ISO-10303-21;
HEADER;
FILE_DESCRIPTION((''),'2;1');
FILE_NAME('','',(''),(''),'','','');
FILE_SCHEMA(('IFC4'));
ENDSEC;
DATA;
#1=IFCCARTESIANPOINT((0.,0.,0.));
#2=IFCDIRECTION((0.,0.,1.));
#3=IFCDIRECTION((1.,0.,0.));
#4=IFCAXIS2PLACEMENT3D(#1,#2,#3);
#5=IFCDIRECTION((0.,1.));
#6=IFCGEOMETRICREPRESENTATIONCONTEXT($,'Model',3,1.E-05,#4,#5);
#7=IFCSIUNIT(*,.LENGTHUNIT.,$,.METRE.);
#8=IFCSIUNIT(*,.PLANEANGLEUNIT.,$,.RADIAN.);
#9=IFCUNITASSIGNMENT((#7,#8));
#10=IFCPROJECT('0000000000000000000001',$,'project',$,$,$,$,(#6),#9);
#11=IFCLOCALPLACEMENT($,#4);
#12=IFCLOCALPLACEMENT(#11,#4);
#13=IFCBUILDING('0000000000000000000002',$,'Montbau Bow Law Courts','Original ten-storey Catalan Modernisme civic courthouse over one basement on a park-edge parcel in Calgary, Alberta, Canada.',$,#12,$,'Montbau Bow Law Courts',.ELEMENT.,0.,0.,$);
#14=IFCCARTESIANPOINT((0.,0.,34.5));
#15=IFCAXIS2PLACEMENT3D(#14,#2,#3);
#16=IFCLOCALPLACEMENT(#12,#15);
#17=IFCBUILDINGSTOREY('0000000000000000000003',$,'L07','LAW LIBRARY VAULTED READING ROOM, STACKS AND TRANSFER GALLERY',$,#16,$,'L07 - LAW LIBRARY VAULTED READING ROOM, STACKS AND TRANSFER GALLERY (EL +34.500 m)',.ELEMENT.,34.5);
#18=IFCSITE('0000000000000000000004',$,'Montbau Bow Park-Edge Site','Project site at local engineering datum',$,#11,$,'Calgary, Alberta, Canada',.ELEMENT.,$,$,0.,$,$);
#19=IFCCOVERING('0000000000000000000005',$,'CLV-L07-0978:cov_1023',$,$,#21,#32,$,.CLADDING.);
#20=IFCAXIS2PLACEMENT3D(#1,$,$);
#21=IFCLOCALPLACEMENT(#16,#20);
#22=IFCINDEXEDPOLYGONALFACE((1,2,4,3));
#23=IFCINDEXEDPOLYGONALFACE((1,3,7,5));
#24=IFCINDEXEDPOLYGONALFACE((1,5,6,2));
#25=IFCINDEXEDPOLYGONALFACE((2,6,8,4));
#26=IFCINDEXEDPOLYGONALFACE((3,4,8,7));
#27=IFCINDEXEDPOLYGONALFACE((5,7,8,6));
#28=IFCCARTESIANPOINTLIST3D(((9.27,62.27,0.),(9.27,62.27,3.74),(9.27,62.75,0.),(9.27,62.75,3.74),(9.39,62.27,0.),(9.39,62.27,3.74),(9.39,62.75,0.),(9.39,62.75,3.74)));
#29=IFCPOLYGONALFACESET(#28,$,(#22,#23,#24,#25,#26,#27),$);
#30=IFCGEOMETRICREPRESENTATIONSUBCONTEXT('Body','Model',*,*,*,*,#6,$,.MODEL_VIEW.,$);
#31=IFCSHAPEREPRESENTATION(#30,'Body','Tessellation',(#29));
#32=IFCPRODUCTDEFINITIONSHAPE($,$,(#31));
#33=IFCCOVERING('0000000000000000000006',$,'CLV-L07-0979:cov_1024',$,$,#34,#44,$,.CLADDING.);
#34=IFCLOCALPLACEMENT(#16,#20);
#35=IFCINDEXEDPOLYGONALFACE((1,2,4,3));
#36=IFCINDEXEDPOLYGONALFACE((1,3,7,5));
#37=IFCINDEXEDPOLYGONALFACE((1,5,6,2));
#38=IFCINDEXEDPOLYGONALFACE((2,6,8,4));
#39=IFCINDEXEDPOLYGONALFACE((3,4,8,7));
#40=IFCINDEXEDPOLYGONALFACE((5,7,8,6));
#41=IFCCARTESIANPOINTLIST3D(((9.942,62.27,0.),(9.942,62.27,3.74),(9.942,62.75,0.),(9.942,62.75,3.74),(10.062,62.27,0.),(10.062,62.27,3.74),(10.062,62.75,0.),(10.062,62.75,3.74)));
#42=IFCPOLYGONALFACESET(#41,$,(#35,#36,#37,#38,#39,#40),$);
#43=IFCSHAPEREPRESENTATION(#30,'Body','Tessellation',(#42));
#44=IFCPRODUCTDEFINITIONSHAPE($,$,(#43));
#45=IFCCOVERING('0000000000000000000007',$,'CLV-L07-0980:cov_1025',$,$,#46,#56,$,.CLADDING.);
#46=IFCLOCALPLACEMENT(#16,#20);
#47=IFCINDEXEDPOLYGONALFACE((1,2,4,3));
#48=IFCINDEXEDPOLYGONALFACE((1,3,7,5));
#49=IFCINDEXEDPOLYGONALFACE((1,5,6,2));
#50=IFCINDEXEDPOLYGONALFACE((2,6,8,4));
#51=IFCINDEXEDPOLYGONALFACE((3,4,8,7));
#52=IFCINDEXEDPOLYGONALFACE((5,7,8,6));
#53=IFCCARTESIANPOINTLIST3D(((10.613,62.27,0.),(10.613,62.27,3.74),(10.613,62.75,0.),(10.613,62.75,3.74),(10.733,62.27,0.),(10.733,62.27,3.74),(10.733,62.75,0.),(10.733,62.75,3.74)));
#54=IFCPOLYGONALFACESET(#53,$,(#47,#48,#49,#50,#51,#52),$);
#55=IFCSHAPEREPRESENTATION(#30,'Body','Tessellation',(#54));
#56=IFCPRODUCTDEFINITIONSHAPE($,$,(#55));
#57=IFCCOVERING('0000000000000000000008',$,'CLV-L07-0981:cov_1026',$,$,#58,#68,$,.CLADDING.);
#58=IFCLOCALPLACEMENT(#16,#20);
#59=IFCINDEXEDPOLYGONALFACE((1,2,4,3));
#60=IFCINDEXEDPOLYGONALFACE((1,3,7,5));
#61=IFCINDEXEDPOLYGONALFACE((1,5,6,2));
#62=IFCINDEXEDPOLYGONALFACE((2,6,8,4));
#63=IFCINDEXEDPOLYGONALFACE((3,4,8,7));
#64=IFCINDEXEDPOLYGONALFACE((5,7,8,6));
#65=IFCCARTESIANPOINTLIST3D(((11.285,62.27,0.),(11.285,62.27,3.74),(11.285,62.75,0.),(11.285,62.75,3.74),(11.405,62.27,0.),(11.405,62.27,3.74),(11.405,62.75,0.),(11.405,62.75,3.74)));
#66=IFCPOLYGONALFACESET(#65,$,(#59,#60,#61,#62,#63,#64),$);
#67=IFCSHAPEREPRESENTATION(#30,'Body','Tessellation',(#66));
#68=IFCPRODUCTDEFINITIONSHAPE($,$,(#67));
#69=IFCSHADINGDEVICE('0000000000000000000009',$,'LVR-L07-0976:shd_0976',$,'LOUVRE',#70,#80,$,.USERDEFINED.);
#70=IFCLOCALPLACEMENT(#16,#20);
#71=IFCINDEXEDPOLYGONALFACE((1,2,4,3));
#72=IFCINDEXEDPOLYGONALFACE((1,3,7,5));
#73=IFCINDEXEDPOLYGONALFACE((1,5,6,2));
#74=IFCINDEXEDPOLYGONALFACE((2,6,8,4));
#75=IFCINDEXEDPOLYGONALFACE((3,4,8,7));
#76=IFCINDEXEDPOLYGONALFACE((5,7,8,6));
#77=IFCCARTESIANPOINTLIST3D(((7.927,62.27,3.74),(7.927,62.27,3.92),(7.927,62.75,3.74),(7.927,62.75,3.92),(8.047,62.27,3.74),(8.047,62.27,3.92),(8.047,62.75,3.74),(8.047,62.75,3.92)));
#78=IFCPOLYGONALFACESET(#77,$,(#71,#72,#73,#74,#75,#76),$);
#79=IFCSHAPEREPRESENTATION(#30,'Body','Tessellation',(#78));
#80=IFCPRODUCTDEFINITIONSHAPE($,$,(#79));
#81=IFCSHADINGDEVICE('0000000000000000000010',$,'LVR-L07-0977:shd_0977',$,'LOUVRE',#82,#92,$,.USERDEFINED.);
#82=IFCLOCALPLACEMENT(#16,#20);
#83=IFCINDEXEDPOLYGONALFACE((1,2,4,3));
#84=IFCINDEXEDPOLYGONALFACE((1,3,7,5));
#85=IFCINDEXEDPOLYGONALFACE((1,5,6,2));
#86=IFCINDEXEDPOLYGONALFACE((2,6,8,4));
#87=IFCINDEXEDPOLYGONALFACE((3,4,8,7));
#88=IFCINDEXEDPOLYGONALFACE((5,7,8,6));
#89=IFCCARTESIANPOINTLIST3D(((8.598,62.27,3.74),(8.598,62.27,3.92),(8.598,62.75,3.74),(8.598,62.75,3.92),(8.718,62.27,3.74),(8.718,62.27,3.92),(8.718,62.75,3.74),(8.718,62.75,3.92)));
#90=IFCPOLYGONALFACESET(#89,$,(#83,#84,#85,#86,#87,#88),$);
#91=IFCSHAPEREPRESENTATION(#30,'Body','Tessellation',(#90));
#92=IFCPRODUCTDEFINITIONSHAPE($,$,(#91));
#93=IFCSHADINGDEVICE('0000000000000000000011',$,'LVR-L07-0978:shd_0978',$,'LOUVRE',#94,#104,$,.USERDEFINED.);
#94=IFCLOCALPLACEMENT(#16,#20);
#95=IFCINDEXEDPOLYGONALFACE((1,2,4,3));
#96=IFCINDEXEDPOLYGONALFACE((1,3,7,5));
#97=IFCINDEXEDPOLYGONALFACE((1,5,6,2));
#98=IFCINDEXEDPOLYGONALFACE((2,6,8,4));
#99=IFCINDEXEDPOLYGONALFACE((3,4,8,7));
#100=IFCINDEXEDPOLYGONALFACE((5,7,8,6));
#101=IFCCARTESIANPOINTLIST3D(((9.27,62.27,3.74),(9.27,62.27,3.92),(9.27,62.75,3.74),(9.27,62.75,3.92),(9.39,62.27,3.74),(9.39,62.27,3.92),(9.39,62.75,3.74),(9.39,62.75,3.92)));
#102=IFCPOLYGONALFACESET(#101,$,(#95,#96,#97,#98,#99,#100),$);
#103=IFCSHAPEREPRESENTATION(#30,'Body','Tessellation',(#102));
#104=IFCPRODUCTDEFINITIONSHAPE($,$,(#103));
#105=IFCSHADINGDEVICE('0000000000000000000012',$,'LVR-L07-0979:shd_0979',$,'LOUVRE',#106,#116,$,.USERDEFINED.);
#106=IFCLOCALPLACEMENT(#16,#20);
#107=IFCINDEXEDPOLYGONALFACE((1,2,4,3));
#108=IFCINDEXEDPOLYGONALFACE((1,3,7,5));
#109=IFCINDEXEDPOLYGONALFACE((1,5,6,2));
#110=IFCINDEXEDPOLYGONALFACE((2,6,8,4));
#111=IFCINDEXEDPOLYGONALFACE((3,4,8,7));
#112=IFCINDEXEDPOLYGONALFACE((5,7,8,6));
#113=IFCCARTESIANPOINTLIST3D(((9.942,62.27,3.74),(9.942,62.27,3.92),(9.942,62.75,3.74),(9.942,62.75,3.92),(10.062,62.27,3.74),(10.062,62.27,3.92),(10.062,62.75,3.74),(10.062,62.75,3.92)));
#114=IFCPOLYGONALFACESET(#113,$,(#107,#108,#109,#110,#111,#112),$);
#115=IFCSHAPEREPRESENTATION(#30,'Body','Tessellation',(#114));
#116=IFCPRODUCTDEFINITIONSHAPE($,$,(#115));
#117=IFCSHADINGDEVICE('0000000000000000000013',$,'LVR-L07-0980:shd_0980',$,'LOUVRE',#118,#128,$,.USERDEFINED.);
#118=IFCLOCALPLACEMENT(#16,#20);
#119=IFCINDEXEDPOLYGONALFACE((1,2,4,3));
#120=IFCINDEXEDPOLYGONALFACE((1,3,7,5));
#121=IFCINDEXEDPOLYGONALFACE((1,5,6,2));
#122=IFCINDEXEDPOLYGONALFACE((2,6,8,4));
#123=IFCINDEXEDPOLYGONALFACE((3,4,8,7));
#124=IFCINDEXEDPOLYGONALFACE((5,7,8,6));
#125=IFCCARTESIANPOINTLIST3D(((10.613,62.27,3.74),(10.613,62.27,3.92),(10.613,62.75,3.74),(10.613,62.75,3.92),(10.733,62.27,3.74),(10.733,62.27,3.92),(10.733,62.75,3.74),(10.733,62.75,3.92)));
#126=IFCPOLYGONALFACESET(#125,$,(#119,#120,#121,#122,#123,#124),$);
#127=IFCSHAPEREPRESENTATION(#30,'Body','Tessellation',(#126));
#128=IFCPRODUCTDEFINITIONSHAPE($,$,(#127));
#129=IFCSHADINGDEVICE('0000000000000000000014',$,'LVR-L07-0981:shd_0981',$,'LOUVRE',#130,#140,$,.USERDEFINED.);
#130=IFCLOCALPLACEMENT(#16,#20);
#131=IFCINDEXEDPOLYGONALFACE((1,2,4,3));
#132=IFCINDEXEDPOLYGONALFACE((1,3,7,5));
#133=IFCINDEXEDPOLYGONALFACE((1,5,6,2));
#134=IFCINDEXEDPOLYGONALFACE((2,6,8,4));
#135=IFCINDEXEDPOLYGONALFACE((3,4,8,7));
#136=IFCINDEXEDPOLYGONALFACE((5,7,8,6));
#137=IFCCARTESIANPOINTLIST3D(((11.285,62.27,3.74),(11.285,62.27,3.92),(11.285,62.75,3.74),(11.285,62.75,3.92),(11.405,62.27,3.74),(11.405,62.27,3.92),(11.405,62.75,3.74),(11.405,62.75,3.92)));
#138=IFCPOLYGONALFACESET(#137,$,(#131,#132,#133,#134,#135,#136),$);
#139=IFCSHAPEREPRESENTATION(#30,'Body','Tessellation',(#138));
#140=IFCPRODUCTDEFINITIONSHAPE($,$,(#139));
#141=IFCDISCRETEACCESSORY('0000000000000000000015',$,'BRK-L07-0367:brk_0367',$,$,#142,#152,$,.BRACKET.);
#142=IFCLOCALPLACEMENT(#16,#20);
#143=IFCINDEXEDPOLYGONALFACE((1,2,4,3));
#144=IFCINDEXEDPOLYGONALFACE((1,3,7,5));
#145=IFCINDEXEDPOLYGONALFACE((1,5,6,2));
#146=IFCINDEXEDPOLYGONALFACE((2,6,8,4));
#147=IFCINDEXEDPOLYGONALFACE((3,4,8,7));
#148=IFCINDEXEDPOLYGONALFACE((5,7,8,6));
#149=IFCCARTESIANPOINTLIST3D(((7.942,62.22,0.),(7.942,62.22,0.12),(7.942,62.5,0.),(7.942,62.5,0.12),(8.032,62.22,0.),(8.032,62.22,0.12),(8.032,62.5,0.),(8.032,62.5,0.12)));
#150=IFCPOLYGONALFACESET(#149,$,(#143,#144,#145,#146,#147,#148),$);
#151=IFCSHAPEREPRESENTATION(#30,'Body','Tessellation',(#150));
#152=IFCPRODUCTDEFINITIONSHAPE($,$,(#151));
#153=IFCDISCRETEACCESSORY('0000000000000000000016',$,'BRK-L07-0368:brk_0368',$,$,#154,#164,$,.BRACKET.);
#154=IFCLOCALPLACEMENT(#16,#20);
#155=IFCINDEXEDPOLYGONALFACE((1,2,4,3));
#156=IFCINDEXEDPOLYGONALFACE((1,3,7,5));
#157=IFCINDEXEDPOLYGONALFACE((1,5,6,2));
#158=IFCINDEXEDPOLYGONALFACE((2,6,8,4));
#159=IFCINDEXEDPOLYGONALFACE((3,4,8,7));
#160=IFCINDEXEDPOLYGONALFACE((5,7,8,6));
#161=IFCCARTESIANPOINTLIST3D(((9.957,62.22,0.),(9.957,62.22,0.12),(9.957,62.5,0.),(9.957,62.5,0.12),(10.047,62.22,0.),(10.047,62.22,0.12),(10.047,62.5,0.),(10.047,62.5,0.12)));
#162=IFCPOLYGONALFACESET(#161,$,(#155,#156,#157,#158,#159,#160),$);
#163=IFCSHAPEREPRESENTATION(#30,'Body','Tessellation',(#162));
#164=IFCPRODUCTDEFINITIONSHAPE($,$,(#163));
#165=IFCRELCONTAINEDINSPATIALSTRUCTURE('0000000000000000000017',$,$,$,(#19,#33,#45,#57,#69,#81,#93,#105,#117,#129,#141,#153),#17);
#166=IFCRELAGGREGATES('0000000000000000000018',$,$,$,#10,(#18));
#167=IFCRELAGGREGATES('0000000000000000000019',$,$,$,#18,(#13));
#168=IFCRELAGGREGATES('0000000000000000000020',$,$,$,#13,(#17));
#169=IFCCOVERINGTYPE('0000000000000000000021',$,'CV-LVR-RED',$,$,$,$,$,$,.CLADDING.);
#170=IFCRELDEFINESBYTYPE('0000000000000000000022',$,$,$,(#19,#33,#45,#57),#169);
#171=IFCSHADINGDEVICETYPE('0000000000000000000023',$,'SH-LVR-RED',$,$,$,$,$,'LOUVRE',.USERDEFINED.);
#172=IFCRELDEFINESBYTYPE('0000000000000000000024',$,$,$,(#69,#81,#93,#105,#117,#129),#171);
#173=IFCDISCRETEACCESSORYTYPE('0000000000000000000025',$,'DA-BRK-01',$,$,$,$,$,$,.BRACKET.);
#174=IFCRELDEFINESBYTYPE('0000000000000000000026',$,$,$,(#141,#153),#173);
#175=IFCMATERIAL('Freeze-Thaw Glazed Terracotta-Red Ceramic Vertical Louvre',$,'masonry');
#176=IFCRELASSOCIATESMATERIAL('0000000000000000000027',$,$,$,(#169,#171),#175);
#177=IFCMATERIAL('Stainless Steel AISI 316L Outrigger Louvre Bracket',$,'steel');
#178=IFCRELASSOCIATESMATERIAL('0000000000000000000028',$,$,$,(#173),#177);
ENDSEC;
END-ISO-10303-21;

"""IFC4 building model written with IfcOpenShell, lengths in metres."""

from ifc_helpers import new_model, si_unit, direction, frame, frame_2d, origin_with_axes, origin_2d_with_axis, place, context, subcontext, project, spatial, rectangle, extrude, material, type_object, element, save


model = new_model("IFC4")

# Units and contexts
model_context = context("Model", 3, precision=1e-05, world=origin_with_axes(), true_north=direction((0.0, 1.0)))
body_context = subcontext(model_context, "Body", "Model", "MODEL_VIEW")
ifc_project = project(units=[si_unit("LENGTHUNIT", "METRE"), si_unit("PLANEANGLEUNIT", "RADIAN")], contexts=[model_context])

# Site, building, storey
site_placement = place(None, origin_with_axes())
site = spatial("IfcSite", under=ifc_project, at=site_placement, Name="Montbau Bow Park-Edge Site", Description="Project site at local engineering datum", LongName="Calgary, Alberta, Canada", CompositionType="ELEMENT", RefElevation=0.0)
building_placement = place(site_placement, origin_with_axes())
building = spatial("IfcBuilding", under=site, at=building_placement, Name="Montbau Bow Law Courts", Description="Original ten-storey Catalan Modernisme civic courthouse over one basement on a park-edge parcel in Calgary, Alberta, Canada.", LongName="Montbau Bow Law Courts", CompositionType="ELEMENT", ElevationOfRefHeight=0.0, ElevationOfTerrain=0.0)
storey_placement = place(building_placement, frame((0.0, 0.0, 34.5), z_axis=(0.0, 0.0, 1.0), x_axis=(1.0, 0.0, 0.0)))
storey = spatial("IfcBuildingStorey", under=building, at=storey_placement, Name="L07", Description="LAW LIBRARY VAULTED READING ROOM, STACKS AND TRANSFER GALLERY", LongName="L07 - LAW LIBRARY VAULTED READING ROOM, STACKS AND TRANSFER GALLERY (EL +34.500 m)", CompositionType="ELEMENT", Elevation=34.5)

# Coverings
ifc_material_1 = material(Name="Freeze-Thaw Glazed Terracotta-Red Ceramic Vertical Louvre", Category="masonry")
covering_type = type_object("IfcCoveringType", Name="CV-LVR-RED", PredefinedType="CLADDING", material=ifc_material_1)
for number, where, z_axis, x_axis, name in (
    (1, (9.33, 62.27, 34.5), (1.0, 0.0, 0.0), (0.0, 1.0, 0.0), "CLV-L07-0978:cov_1023"),
    (2, (10.002, 62.27, 34.5), (1.0, 0.0, 0.0), (0.0, 1.0, 0.0), "CLV-L07-0979:cov_1024"),
    (3, (10.673, 62.27, 34.5), (1.0, 0.0, 0.0), (0.0, 1.0, 0.0), "CLV-L07-0980:cov_1025"),
    (4, (11.345, 62.27, 34.5), (1.0, 0.0, 0.0), (0.0, 1.0, 0.0), "CLV-L07-0981:cov_1026"),
):
    element("IfcCovering", number, at=place(None, frame(where, z_axis=z_axis, x_axis=x_axis)), inside=storey, type_object=covering_type, Name=name, PredefinedType="CLADDING", context=body_context, shape_type="SweptSolid", body=[
        extrude(rectangle(XDim=0.48, YDim=3.74, at=frame_2d((0.24, 1.87), x_axis=(1.0, 0.0))), frame((0.0, 0.0, -0.06), z_axis=(0.0, 0.0, 1.0), x_axis=(1.0, 0.0, 0.0)), (0.0, 0.0, 1.0), 0.12),
    ])

# Shading devices
shading_device_type = type_object("IfcShadingDeviceType", Name="SH-LVR-RED", ElementType="LOUVRE", PredefinedType="USERDEFINED", material=ifc_material_1)
for number, where, z_axis, x_axis, name in (
    (5, (7.987, 62.51, 38.24), (0.0, 0.0, 1.0), (0.0, 1.0, 0.0), "LVR-L07-0976:shd_0976"),
    (6, (8.658, 62.51, 38.24), (0.0, 0.0, 1.0), (0.0, 1.0, 0.0), "LVR-L07-0977:shd_0977"),
    (7, (9.33, 62.51, 38.24), (0.0, 0.0, 1.0), (0.0, 1.0, 0.0), "LVR-L07-0978:shd_0978"),
    (8, (10.002, 62.51, 38.24), (0.0, 0.0, 1.0), (0.0, 1.0, 0.0), "LVR-L07-0979:shd_0979"),
    (9, (10.673, 62.51, 38.24), (0.0, 0.0, 1.0), (0.0, 1.0, 0.0), "LVR-L07-0980:shd_0980"),
    (10, (11.345, 62.51, 38.24), (0.0, 0.0, 1.0), (0.0, 1.0, 0.0), "LVR-L07-0981:shd_0981"),
):
    element("IfcShadingDevice", number, at=place(None, frame(where, z_axis=z_axis, x_axis=x_axis)), inside=storey, type_object=shading_device_type, Name=name, ObjectType="LOUVRE", PredefinedType="USERDEFINED", context=body_context, shape_type="SweptSolid", body=[
        extrude(rectangle(XDim=0.48, YDim=0.12, at=origin_2d_with_axis()), origin_with_axes(), (0.0, 0.0, 1.0), 0.18),
    ])

# Discrete accessories
ifc_material_2 = material(Name="Stainless Steel AISI 316L Outrigger Louvre Bracket", Category="steel")
discrete_accessory_type = type_object("IfcDiscreteAccessoryType", Name="DA-BRK-01", PredefinedType="BRACKET", material=ifc_material_2)
for number, where, z_axis, x_axis, name in (
    (11, (7.987, 62.36, 34.5), (0.0, 0.0, 1.0), (0.0, 1.0, 0.0), "BRK-L07-0367:brk_0367"),
    (12, (10.002, 62.36, 34.5), (0.0, 0.0, 1.0), (0.0, 1.0, 0.0), "BRK-L07-0368:brk_0368"),
):
    element("IfcDiscreteAccessory", number, at=place(None, frame(where, z_axis=z_axis, x_axis=x_axis)), inside=storey, type_object=discrete_accessory_type, Name=name, PredefinedType="BRACKET", context=body_context, shape_type="SweptSolid", body=[
        extrude(rectangle(XDim=0.28, YDim=0.09, at=origin_2d_with_axis()), origin_with_axes(), (0.0, 0.0, 1.0), 0.12),
    ])

save(model, "model.ifc")
